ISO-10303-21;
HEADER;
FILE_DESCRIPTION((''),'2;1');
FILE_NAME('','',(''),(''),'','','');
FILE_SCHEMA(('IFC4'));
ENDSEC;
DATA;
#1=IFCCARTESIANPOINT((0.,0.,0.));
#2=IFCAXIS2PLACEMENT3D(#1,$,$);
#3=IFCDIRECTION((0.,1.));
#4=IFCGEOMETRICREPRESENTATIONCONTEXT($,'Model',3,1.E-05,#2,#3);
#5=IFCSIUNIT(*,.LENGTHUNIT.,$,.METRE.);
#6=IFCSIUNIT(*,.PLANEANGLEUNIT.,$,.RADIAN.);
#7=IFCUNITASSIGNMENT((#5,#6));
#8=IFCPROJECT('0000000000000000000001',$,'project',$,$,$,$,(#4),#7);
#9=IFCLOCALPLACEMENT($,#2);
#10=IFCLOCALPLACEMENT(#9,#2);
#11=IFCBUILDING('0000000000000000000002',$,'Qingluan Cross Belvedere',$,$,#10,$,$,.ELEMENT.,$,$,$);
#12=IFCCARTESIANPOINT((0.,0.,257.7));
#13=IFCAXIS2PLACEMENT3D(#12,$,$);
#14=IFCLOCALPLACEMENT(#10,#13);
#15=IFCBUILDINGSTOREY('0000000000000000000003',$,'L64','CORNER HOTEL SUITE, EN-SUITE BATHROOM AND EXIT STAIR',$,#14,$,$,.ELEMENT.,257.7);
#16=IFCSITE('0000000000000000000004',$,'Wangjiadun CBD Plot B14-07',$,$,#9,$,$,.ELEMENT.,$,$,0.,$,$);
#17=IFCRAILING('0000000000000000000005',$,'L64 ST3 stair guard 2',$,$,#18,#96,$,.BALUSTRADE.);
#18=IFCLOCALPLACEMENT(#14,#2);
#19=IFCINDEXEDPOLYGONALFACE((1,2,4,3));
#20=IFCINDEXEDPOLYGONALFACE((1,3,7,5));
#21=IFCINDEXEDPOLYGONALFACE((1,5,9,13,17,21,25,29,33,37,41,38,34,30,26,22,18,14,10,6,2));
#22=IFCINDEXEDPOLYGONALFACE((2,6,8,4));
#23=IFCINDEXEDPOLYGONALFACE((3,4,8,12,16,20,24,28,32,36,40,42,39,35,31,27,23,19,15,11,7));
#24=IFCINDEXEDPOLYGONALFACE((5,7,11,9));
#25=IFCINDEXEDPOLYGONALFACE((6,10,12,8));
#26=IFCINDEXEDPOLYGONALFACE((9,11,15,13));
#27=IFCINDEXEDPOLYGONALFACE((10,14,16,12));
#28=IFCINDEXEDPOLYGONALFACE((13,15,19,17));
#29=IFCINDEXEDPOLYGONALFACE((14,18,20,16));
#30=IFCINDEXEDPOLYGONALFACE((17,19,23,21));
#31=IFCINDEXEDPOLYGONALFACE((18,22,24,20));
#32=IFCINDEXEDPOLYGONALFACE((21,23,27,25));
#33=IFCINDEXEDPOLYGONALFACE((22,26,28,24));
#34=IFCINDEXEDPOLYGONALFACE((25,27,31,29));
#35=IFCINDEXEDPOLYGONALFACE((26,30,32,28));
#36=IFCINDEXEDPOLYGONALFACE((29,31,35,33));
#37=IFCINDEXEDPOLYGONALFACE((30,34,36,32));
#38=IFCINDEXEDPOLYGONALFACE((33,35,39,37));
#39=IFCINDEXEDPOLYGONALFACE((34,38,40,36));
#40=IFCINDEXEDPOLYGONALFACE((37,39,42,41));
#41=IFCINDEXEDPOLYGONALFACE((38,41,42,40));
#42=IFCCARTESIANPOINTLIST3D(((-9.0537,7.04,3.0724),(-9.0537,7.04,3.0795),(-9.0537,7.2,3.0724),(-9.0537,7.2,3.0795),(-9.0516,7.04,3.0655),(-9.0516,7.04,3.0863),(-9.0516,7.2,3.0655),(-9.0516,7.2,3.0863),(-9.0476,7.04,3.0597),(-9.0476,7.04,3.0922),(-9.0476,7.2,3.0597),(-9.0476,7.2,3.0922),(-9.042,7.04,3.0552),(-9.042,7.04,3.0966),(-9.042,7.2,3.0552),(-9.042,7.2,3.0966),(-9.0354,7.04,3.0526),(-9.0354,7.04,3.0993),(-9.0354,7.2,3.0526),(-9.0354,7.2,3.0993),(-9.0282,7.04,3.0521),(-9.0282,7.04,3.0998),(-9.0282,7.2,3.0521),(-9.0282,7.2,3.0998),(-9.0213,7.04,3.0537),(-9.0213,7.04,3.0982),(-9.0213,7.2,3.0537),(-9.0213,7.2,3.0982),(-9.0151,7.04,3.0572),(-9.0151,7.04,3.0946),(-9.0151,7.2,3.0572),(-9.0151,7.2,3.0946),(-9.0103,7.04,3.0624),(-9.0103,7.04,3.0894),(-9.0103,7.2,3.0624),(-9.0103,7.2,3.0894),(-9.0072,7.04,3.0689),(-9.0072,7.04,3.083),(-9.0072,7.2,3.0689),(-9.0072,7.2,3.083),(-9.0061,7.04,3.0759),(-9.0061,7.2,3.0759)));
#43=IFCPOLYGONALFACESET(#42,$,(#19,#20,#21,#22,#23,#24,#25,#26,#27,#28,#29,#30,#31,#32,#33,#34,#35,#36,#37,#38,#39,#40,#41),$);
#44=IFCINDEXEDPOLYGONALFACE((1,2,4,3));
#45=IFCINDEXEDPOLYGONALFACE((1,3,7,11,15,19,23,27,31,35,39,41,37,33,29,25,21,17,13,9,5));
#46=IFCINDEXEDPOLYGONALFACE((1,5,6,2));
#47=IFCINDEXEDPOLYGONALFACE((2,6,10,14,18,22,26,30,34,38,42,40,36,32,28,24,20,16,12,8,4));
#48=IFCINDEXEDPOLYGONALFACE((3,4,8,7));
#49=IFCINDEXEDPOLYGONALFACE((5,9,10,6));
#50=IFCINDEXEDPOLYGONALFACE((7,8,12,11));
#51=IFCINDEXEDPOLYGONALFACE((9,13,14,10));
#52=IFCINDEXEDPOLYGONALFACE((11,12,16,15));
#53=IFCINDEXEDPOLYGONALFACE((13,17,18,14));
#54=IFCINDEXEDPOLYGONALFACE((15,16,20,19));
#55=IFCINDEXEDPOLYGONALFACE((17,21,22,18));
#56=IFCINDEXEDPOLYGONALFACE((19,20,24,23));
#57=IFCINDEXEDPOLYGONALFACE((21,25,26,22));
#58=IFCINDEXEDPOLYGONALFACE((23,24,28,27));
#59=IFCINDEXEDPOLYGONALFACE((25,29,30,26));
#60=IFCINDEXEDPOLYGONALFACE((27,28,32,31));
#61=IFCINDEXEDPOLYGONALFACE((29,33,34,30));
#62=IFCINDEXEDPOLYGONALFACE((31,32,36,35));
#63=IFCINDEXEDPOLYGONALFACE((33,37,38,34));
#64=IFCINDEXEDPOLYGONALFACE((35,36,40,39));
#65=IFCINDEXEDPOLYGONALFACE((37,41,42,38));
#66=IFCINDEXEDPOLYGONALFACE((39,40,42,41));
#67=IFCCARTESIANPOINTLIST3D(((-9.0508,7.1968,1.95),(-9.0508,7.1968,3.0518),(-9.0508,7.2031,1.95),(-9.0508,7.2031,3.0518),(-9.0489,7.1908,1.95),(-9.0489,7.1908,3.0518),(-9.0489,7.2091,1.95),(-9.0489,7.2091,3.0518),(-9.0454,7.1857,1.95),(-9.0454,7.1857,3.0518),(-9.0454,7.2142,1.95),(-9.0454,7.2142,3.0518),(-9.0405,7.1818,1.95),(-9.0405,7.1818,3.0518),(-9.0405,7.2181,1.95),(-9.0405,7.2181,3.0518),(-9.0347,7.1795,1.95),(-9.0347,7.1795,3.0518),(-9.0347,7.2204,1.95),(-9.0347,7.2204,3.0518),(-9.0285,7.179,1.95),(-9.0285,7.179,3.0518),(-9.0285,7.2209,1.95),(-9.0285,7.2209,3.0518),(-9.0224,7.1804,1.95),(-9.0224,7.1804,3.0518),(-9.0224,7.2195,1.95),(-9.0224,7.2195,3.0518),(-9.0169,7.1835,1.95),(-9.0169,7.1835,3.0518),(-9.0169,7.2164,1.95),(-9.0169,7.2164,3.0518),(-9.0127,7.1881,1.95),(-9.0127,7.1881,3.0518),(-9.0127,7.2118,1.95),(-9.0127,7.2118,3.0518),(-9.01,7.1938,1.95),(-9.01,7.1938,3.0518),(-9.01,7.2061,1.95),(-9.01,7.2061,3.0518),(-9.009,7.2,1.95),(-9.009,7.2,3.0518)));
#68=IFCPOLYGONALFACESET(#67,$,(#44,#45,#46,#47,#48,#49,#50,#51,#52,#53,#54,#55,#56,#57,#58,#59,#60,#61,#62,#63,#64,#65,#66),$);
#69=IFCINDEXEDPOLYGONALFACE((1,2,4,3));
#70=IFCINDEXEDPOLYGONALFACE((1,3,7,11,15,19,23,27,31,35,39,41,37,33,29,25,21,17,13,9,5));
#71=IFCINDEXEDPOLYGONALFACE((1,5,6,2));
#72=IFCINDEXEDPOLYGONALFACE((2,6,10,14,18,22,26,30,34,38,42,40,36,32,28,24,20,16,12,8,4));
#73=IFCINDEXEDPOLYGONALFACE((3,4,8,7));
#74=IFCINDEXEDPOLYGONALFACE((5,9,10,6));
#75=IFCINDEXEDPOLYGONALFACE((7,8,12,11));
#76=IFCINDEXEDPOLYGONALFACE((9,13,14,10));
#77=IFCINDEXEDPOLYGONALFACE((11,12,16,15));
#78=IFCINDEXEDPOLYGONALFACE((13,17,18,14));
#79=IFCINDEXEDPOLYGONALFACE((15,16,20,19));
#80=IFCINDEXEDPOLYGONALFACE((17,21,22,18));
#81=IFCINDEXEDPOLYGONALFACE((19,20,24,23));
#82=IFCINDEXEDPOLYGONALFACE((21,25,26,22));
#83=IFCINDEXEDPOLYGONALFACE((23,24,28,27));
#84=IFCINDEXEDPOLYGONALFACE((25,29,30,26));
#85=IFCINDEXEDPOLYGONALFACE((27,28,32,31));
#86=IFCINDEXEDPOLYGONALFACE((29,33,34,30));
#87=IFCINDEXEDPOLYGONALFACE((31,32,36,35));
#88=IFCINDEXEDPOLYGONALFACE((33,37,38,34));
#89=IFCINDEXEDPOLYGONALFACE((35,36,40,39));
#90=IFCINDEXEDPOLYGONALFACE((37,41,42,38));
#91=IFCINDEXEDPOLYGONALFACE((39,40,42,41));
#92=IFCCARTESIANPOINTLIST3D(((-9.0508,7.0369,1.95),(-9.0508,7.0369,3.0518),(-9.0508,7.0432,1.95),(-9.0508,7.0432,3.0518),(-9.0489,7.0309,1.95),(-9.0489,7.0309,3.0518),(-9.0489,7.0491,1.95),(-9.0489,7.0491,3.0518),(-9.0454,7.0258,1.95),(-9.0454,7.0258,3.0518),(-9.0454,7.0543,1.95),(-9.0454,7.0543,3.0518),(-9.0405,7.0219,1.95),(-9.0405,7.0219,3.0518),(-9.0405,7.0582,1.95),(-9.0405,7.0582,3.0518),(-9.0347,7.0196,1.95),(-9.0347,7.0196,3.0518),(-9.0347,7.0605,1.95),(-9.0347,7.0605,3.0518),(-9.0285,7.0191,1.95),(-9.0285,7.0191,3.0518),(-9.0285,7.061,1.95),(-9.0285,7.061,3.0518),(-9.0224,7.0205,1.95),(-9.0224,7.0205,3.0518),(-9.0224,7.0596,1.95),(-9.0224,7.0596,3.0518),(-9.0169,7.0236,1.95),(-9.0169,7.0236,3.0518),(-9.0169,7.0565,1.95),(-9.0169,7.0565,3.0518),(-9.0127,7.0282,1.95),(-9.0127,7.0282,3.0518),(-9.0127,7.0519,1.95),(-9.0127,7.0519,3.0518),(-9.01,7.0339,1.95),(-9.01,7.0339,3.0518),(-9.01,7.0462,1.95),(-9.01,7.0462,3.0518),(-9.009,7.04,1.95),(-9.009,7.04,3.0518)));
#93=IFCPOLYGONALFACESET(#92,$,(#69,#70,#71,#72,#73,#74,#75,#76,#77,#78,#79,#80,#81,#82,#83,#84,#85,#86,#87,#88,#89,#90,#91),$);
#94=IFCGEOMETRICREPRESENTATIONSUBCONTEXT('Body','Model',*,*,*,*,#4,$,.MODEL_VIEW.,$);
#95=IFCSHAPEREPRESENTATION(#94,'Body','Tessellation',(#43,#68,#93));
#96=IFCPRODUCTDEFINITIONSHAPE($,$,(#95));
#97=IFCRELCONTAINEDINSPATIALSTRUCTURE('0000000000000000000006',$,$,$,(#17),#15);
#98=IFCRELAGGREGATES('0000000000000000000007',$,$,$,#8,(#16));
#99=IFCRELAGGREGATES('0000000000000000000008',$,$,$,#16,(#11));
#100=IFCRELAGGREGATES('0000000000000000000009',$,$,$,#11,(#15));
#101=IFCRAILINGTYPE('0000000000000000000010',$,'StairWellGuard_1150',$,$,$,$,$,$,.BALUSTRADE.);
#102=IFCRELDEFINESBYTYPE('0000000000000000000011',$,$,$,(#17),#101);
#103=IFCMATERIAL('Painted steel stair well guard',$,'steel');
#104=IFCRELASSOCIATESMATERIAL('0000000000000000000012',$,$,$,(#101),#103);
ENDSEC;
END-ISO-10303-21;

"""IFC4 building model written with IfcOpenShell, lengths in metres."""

from ifc_helpers import new_model, si_unit, direction, frame, origin, origin_2d, place, context, subcontext, project, spatial, circle, extrude, material, type_object, element, save


model = new_model("IFC4")

# Units and contexts
model_context = context("Model", 3, precision=1e-05, world=origin(), true_north=direction((0.0, 1.0)))
body_context = subcontext(model_context, "Body", "Model", "MODEL_VIEW")
ifc_project = project(units=[si_unit("LENGTHUNIT", "METRE"), si_unit("PLANEANGLEUNIT", "RADIAN")], contexts=[model_context])

# Site, building, storey
site_placement = place(None, origin())
site = spatial("IfcSite", under=ifc_project, at=site_placement, Name="Wangjiadun CBD Plot B14-07", CompositionType="ELEMENT", RefElevation=0.0)
building_placement = place(site_placement, origin())
building = spatial("IfcBuilding", under=site, at=building_placement, Name="Qingluan Cross Belvedere", CompositionType="ELEMENT")
storey_placement = place(building_placement, frame((0.0, 0.0, 257.7)))
storey = spatial("IfcBuildingStorey", under=building, at=storey_placement, Name="L64", Description="CORNER HOTEL SUITE, EN-SUITE BATHROOM AND EXIT STAIR", CompositionType="ELEMENT", Elevation=257.7)

# Railing
ifc_material_1 = material(Name="Painted steel stair well guard", Category="steel")
railing_type_1 = type_object("IfcRailingType", Name="StairWellGuard_1150", PredefinedType="BALUSTRADE", material=ifc_material_1)
railing_1_placement = place(storey_placement, frame((-9.03, 7.2, 1.95)))
element("IfcRailing", 1, at=railing_1_placement, inside=storey, type_object=railing_type_1, Name="L64 ST3 stair guard 2", PredefinedType="BALUSTRADE", context=body_context, shape_type="SweptSolid", body=[
    extrude(circle(Radius=0.0239, at=origin_2d()), frame((0.0, 0.0, 1.126), z_axis=(0.0, -1.0, 0.0), x_axis=(1.0, 0.0, 0.0)), (0.0, 0.0, 1.0), 0.1599),
    extrude(circle(Radius=0.021, at=origin_2d()), origin(), (0.0, 0.0, 1.0), 1.1018),
    extrude(circle(Radius=0.021, at=origin_2d()), frame((0.0, -0.1599, 0.0)), (0.0, 0.0, 1.0), 1.1018),
])

save(model, "model.ifc")
